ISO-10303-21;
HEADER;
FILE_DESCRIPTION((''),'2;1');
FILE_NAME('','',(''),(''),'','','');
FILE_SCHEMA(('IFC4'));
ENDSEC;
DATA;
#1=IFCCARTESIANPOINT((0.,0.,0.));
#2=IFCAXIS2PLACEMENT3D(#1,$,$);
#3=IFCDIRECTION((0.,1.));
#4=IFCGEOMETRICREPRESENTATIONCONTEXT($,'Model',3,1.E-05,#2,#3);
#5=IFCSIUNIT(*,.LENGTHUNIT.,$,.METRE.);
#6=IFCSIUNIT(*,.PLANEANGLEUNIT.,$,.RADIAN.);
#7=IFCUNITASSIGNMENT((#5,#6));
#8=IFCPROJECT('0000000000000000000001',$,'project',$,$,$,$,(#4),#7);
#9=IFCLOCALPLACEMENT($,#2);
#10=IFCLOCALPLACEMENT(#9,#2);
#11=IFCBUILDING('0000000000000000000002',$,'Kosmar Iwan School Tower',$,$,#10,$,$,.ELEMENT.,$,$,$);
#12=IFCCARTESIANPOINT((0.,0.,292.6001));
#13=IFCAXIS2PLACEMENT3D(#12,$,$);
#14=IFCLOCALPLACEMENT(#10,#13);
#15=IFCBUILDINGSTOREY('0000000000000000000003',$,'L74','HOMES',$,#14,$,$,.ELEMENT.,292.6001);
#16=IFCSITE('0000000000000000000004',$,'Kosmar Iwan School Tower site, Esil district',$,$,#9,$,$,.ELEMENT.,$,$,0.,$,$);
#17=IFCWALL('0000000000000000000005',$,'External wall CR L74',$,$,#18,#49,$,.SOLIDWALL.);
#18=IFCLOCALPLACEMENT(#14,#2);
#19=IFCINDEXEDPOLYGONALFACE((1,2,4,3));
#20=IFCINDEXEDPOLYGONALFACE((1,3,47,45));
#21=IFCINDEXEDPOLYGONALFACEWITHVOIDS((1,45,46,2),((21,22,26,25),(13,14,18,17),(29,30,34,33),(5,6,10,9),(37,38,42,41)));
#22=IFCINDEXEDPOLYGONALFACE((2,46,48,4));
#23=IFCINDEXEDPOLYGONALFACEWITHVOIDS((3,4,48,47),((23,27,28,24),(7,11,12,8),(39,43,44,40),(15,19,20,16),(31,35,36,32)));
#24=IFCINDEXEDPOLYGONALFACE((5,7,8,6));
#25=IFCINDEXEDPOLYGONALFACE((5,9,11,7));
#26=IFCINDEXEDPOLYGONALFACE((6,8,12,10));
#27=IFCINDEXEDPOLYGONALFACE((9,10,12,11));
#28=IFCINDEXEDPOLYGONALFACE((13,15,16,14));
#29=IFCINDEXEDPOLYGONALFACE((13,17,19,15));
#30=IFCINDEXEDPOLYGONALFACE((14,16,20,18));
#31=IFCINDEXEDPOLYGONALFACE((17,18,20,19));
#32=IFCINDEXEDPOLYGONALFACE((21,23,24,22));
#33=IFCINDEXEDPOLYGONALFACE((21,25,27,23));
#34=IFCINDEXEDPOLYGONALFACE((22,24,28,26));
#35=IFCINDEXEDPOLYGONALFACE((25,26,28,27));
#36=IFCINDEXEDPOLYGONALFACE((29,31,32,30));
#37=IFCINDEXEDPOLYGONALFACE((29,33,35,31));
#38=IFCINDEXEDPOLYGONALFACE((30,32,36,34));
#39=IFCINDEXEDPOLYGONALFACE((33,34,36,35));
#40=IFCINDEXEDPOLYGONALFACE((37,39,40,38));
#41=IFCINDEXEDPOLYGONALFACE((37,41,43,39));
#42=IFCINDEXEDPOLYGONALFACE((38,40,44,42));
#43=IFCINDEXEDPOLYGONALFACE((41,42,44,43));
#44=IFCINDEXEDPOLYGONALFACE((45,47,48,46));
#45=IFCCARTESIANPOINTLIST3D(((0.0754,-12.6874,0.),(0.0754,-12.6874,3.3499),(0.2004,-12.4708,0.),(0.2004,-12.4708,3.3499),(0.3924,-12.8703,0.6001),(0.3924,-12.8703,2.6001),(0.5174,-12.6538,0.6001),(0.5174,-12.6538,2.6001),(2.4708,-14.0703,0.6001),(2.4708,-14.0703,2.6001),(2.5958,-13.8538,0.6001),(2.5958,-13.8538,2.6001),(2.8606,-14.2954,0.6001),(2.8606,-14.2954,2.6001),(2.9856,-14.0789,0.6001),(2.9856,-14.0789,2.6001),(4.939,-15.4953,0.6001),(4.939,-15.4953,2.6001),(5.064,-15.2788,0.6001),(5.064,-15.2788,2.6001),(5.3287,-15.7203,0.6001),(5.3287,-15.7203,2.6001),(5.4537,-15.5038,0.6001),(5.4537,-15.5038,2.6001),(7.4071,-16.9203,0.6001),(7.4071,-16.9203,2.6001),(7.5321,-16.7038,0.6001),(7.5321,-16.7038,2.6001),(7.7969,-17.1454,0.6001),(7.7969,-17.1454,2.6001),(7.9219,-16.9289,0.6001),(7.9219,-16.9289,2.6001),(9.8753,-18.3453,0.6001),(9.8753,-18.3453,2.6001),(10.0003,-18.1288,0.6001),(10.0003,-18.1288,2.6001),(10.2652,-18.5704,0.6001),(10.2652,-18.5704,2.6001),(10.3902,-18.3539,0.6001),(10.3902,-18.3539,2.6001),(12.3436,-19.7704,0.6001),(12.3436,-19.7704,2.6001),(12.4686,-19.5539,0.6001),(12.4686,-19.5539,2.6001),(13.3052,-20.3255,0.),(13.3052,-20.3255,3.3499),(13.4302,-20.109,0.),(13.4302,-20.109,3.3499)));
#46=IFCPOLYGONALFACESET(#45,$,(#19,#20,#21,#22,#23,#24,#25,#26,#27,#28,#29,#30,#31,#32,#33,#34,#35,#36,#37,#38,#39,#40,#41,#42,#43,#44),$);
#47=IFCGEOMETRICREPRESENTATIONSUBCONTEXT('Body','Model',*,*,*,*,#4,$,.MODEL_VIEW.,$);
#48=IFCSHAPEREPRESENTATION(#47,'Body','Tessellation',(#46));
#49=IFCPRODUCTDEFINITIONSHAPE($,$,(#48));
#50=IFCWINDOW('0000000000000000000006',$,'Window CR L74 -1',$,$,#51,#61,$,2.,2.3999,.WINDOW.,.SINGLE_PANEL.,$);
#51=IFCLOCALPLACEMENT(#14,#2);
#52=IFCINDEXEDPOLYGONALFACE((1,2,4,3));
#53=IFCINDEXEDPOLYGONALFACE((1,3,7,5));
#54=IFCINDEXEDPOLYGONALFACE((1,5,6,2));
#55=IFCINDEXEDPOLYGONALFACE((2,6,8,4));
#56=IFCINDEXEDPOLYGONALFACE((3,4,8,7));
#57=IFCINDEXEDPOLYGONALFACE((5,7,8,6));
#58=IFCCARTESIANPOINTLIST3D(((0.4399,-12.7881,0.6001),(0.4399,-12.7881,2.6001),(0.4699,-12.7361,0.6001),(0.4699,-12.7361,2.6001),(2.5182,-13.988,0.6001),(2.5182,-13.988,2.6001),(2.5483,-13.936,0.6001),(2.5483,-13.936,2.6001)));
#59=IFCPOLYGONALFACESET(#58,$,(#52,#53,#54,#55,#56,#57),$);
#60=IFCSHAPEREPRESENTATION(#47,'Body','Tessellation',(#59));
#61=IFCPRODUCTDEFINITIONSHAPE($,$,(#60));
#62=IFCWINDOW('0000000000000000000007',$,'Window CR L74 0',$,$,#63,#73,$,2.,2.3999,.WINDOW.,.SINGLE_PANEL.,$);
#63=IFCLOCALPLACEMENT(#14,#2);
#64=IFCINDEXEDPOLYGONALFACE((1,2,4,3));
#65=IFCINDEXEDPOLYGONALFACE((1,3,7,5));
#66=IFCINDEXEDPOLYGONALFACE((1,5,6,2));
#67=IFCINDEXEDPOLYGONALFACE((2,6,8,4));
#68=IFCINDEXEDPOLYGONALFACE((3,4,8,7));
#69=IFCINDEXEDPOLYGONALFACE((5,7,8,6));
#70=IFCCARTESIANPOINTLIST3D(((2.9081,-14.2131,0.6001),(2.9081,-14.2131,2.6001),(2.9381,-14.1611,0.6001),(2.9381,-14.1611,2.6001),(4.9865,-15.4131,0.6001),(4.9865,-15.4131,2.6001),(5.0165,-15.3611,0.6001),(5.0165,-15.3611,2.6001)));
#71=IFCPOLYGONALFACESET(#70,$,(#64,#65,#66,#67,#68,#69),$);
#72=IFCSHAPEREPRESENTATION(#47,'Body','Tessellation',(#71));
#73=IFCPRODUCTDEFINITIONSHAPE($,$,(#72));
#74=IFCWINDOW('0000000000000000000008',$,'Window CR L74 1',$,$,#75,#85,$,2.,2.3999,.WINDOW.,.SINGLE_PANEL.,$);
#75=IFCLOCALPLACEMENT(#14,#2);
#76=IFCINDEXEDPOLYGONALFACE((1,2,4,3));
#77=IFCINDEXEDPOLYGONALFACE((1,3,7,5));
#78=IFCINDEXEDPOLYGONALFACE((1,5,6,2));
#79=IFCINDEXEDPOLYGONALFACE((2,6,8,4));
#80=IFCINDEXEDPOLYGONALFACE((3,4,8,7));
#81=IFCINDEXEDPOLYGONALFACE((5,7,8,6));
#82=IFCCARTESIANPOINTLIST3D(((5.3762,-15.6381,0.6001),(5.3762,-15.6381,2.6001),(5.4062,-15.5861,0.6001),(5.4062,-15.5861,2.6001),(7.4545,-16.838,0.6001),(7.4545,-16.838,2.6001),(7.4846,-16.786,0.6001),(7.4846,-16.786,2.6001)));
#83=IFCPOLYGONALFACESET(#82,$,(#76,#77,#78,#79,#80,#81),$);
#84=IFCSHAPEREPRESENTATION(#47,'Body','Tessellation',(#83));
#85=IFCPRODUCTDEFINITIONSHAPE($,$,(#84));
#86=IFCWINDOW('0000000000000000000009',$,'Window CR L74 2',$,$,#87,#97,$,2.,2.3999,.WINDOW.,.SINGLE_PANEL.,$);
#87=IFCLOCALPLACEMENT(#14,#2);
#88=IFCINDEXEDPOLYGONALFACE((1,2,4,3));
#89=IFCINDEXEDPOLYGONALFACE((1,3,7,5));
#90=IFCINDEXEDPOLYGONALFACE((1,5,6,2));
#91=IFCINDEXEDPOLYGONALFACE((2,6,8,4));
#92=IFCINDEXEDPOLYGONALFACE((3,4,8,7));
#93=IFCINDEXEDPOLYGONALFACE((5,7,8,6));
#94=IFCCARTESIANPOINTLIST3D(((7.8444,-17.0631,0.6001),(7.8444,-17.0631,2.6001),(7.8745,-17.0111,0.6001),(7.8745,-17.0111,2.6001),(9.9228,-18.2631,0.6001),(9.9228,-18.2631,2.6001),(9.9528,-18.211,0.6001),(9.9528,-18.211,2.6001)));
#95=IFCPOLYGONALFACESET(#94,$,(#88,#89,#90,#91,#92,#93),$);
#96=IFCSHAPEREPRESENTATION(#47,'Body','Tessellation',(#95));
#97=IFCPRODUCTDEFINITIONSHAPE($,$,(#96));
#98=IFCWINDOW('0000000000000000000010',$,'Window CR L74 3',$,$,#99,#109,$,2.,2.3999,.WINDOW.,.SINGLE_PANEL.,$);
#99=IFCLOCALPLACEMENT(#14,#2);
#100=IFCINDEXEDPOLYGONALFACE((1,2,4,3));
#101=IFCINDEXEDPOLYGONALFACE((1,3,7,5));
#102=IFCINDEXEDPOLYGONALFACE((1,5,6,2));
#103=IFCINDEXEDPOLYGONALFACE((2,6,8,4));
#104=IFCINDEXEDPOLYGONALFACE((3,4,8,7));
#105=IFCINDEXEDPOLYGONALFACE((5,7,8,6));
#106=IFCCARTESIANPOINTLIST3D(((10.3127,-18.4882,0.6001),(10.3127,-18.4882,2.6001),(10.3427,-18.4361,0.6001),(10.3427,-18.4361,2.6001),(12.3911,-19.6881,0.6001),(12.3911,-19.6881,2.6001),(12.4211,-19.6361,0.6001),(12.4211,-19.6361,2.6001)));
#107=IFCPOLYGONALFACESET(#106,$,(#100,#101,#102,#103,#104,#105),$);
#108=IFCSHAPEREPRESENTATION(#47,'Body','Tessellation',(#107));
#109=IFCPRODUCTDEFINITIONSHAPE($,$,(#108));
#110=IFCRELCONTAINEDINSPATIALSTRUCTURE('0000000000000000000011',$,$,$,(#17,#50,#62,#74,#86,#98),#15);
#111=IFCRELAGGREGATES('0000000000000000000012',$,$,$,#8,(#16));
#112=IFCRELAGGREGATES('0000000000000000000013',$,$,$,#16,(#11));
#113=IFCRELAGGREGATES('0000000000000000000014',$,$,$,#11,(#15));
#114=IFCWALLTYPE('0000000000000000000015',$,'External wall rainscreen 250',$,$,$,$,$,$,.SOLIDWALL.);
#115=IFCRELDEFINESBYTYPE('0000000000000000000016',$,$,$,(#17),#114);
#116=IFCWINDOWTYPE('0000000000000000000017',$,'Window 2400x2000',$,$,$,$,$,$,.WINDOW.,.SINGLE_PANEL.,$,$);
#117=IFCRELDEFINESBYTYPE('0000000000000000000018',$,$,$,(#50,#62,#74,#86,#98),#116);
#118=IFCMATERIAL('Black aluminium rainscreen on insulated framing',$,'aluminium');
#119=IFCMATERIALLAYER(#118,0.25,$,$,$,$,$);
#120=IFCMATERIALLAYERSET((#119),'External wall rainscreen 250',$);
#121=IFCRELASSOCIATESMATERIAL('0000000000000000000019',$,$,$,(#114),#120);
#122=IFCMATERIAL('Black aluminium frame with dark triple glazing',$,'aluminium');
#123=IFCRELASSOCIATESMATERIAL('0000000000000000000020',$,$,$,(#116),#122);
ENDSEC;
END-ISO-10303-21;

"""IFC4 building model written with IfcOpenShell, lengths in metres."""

from ifc_helpers import new_model, si_unit, direction, frame, frame_2d, origin, place, context, subcontext, project, spatial, rectangle, extrude, material, layer, layer_set, type_object, element, fill, save


model = new_model("IFC4")

# Units and contexts
model_context = context("Model", 3, precision=1e-05, world=origin(), true_north=direction((0.0, 1.0)))
body_context = subcontext(model_context, "Body", "Model", "MODEL_VIEW")
ifc_project = project(units=[si_unit("LENGTHUNIT", "METRE"), si_unit("PLANEANGLEUNIT", "RADIAN")], contexts=[model_context])

# Site, building, storey
site_placement = place(None, origin())
site = spatial("IfcSite", under=ifc_project, at=site_placement, Name="Kosmar Iwan School Tower site, Esil district", CompositionType="ELEMENT", RefElevation=0.0)
building_placement = place(site_placement, origin())
building = spatial("IfcBuilding", under=site, at=building_placement, Name="Kosmar Iwan School Tower", CompositionType="ELEMENT")
storey_placement = place(building_placement, frame((0.0, 0.0, 292.6001)))
storey = spatial("IfcBuildingStorey", under=building, at=storey_placement, Name="L74", Description="HOMES", CompositionType="ELEMENT", Elevation=292.6001)

# Wall, openings, windows
ifc_material_1 = material(Name="Black aluminium rainscreen on insulated framing", Category="aluminium")
ifc_layer_1 = layer(ifc_material_1, 0.25)
ifc_layer_set_1 = layer_set([ifc_layer_1], Name="External wall rainscreen 250")
wall_type_1 = type_object("IfcWallType", Name="External wall rainscreen 250", PredefinedType="SOLIDWALL", material=ifc_layer_set_1)
ifc_material_2 = material(Name="Black aluminium frame with dark triple glazing", Category="aluminium")
window_type = type_object("IfcWindowType", Name="Window 2400x2000", PartitioningType="SINGLE_PANEL", PredefinedType="WINDOW", material=ifc_material_2)
wall_1_placement = place(storey_placement, frame((0.1379, -12.5791, 0.0), z_axis=(0.0, 0.0, 1.0), x_axis=(0.866026, -0.5, 0.0)))
wall_1 = element("IfcWall", 1, at=wall_1_placement, inside=storey, type_object=wall_type_1, Name="External wall CR L74", PredefinedType="SOLIDWALL", context=body_context, shape_type="SweptSolid", body=[
    extrude(rectangle(XDim=15.2764, YDim=0.25, at=frame_2d((7.6382, 0.0))), origin(), (0.0, 0.0, 1.0), 3.3499),
])
opening_1_placement = place(wall_1_placement, frame((0.366, 0.0, 0.6001)))
opening_1 = element("IfcOpeningElement", 2, at=opening_1_placement, cuts=wall_1, PredefinedType="OPENING", context=body_context, shape_type="SweptSolid", body=[
    extrude(rectangle(XDim=2.3999, YDim=2.0, at=frame_2d((1.2, 1.0))), frame((0.0, 0.137, 0.0), z_axis=(0.0, -1.0, 0.0), x_axis=(1.0, 0.0, 0.0)), (0.0, 0.0, 1.0), 0.2739),
])
opening_2_placement = place(wall_1_placement, frame((3.2161, 0.0, 0.6001)))
opening_2 = element("IfcOpeningElement", 3, at=opening_2_placement, cuts=wall_1, PredefinedType="OPENING", context=body_context, shape_type="SweptSolid", body=[
    extrude(rectangle(XDim=2.3999, YDim=2.0, at=frame_2d((1.2, 1.0))), frame((0.0, 0.137, 0.0), z_axis=(0.0, -1.0, 0.0), x_axis=(1.0, 0.0, 0.0)), (0.0, 0.0, 1.0), 0.2739),
])
opening_3_placement = place(wall_1_placement, frame((6.0659, 0.0, 0.6001)))
opening_3 = element("IfcOpeningElement", 4, at=opening_3_placement, cuts=wall_1, PredefinedType="OPENING", context=body_context, shape_type="SweptSolid", body=[
    extrude(rectangle(XDim=2.3999, YDim=2.0, at=frame_2d((1.2, 1.0))), frame((0.0, 0.137, 0.0), z_axis=(0.0, -1.0, 0.0), x_axis=(1.0, 0.0, 0.0)), (0.0, 0.0, 1.0), 0.2739),
])
opening_4_placement = place(wall_1_placement, frame((8.916, 0.0, 0.6001)))
opening_4 = element("IfcOpeningElement", 5, at=opening_4_placement, cuts=wall_1, PredefinedType="OPENING", context=body_context, shape_type="SweptSolid", body=[
    extrude(rectangle(XDim=2.3999, YDim=2.0, at=frame_2d((1.2, 1.0))), frame((0.0, 0.137, 0.0), z_axis=(0.0, -1.0, 0.0), x_axis=(1.0, 0.0, 0.0)), (0.0, 0.0, 1.0), 0.2739),
])
opening_5_placement = place(wall_1_placement, frame((11.7661, 0.0, 0.6001)))
opening_5 = element("IfcOpeningElement", 6, at=opening_5_placement, cuts=wall_1, PredefinedType="OPENING", context=body_context, shape_type="SweptSolid", body=[
    extrude(rectangle(XDim=2.3999, YDim=2.0, at=frame_2d((1.2, 1.0))), frame((0.0, 0.137, 0.0), z_axis=(0.0, -1.0, 0.0), x_axis=(1.0, 0.0, 0.0)), (0.0, 0.0, 1.0), 0.2739),
])
window_1_placement = place(opening_1_placement, origin())
window_1 = element("IfcWindow", 7, at=window_1_placement, inside=storey, type_object=window_type, Name="Window CR L74 -1", OverallHeight=2.0, OverallWidth=2.3999, PartitioningType="SINGLE_PANEL", PredefinedType="WINDOW", context=body_context, shape_type="SweptSolid", body=[
    extrude(rectangle(XDim=2.3999, YDim=2.0, at=frame_2d((1.2, 1.0))), frame((0.0, 0.03, 0.0), z_axis=(0.0, -1.0, 0.0), x_axis=(1.0, 0.0, 0.0)), (0.0, 0.0, 1.0), 0.0601),
])
fill(opening_1, window_1)
window_2_placement = place(opening_2_placement, origin())
window_2 = element("IfcWindow", 8, at=window_2_placement, inside=storey, type_object=window_type, Name="Window CR L74 0", OverallHeight=2.0, OverallWidth=2.3999, PartitioningType="SINGLE_PANEL", PredefinedType="WINDOW", context=body_context, shape_type="SweptSolid", body=[
    extrude(rectangle(XDim=2.3999, YDim=2.0, at=frame_2d((1.2, 1.0))), frame((0.0, 0.03, 0.0), z_axis=(0.0, -1.0, 0.0), x_axis=(1.0, 0.0, 0.0)), (0.0, 0.0, 1.0), 0.0601),
])
fill(opening_2, window_2)
window_3_placement = place(opening_3_placement, origin())
window_3 = element("IfcWindow", 9, at=window_3_placement, inside=storey, type_object=window_type, Name="Window CR L74 1", OverallHeight=2.0, OverallWidth=2.3999, PartitioningType="SINGLE_PANEL", PredefinedType="WINDOW", context=body_context, shape_type="SweptSolid", body=[
    extrude(rectangle(XDim=2.3999, YDim=2.0, at=frame_2d((1.2, 1.0))), frame((0.0, 0.03, 0.0), z_axis=(0.0, -1.0, 0.0), x_axis=(1.0, 0.0, 0.0)), (0.0, 0.0, 1.0), 0.0601),
])
fill(opening_3, window_3)
window_4_placement = place(opening_4_placement, origin())
window_4 = element("IfcWindow", 10, at=window_4_placement, inside=storey, type_object=window_type, Name="Window CR L74 2", OverallHeight=2.0, OverallWidth=2.3999, PartitioningType="SINGLE_PANEL", PredefinedType="WINDOW", context=body_context, shape_type="SweptSolid", body=[
    extrude(rectangle(XDim=2.3999, YDim=2.0, at=frame_2d((1.2, 1.0))), frame((0.0, 0.03, 0.0), z_axis=(0.0, -1.0, 0.0), x_axis=(1.0, 0.0, 0.0)), (0.0, 0.0, 1.0), 0.0601),
])
fill(opening_4, window_4)
window_5_placement = place(opening_5_placement, origin())
window_5 = element("IfcWindow", 11, at=window_5_placement, inside=storey, type_object=window_type, Name="Window CR L74 3", OverallHeight=2.0, OverallWidth=2.3999, PartitioningType="SINGLE_PANEL", PredefinedType="WINDOW", context=body_context, shape_type="SweptSolid", body=[
    extrude(rectangle(XDim=2.3999, YDim=2.0, at=frame_2d((1.2, 1.0))), frame((0.0, 0.03, 0.0), z_axis=(0.0, -1.0, 0.0), x_axis=(1.0, 0.0, 0.0)), (0.0, 0.0, 1.0), 0.0601),
])
fill(opening_5, window_5)

save(model, "model.ifc")
